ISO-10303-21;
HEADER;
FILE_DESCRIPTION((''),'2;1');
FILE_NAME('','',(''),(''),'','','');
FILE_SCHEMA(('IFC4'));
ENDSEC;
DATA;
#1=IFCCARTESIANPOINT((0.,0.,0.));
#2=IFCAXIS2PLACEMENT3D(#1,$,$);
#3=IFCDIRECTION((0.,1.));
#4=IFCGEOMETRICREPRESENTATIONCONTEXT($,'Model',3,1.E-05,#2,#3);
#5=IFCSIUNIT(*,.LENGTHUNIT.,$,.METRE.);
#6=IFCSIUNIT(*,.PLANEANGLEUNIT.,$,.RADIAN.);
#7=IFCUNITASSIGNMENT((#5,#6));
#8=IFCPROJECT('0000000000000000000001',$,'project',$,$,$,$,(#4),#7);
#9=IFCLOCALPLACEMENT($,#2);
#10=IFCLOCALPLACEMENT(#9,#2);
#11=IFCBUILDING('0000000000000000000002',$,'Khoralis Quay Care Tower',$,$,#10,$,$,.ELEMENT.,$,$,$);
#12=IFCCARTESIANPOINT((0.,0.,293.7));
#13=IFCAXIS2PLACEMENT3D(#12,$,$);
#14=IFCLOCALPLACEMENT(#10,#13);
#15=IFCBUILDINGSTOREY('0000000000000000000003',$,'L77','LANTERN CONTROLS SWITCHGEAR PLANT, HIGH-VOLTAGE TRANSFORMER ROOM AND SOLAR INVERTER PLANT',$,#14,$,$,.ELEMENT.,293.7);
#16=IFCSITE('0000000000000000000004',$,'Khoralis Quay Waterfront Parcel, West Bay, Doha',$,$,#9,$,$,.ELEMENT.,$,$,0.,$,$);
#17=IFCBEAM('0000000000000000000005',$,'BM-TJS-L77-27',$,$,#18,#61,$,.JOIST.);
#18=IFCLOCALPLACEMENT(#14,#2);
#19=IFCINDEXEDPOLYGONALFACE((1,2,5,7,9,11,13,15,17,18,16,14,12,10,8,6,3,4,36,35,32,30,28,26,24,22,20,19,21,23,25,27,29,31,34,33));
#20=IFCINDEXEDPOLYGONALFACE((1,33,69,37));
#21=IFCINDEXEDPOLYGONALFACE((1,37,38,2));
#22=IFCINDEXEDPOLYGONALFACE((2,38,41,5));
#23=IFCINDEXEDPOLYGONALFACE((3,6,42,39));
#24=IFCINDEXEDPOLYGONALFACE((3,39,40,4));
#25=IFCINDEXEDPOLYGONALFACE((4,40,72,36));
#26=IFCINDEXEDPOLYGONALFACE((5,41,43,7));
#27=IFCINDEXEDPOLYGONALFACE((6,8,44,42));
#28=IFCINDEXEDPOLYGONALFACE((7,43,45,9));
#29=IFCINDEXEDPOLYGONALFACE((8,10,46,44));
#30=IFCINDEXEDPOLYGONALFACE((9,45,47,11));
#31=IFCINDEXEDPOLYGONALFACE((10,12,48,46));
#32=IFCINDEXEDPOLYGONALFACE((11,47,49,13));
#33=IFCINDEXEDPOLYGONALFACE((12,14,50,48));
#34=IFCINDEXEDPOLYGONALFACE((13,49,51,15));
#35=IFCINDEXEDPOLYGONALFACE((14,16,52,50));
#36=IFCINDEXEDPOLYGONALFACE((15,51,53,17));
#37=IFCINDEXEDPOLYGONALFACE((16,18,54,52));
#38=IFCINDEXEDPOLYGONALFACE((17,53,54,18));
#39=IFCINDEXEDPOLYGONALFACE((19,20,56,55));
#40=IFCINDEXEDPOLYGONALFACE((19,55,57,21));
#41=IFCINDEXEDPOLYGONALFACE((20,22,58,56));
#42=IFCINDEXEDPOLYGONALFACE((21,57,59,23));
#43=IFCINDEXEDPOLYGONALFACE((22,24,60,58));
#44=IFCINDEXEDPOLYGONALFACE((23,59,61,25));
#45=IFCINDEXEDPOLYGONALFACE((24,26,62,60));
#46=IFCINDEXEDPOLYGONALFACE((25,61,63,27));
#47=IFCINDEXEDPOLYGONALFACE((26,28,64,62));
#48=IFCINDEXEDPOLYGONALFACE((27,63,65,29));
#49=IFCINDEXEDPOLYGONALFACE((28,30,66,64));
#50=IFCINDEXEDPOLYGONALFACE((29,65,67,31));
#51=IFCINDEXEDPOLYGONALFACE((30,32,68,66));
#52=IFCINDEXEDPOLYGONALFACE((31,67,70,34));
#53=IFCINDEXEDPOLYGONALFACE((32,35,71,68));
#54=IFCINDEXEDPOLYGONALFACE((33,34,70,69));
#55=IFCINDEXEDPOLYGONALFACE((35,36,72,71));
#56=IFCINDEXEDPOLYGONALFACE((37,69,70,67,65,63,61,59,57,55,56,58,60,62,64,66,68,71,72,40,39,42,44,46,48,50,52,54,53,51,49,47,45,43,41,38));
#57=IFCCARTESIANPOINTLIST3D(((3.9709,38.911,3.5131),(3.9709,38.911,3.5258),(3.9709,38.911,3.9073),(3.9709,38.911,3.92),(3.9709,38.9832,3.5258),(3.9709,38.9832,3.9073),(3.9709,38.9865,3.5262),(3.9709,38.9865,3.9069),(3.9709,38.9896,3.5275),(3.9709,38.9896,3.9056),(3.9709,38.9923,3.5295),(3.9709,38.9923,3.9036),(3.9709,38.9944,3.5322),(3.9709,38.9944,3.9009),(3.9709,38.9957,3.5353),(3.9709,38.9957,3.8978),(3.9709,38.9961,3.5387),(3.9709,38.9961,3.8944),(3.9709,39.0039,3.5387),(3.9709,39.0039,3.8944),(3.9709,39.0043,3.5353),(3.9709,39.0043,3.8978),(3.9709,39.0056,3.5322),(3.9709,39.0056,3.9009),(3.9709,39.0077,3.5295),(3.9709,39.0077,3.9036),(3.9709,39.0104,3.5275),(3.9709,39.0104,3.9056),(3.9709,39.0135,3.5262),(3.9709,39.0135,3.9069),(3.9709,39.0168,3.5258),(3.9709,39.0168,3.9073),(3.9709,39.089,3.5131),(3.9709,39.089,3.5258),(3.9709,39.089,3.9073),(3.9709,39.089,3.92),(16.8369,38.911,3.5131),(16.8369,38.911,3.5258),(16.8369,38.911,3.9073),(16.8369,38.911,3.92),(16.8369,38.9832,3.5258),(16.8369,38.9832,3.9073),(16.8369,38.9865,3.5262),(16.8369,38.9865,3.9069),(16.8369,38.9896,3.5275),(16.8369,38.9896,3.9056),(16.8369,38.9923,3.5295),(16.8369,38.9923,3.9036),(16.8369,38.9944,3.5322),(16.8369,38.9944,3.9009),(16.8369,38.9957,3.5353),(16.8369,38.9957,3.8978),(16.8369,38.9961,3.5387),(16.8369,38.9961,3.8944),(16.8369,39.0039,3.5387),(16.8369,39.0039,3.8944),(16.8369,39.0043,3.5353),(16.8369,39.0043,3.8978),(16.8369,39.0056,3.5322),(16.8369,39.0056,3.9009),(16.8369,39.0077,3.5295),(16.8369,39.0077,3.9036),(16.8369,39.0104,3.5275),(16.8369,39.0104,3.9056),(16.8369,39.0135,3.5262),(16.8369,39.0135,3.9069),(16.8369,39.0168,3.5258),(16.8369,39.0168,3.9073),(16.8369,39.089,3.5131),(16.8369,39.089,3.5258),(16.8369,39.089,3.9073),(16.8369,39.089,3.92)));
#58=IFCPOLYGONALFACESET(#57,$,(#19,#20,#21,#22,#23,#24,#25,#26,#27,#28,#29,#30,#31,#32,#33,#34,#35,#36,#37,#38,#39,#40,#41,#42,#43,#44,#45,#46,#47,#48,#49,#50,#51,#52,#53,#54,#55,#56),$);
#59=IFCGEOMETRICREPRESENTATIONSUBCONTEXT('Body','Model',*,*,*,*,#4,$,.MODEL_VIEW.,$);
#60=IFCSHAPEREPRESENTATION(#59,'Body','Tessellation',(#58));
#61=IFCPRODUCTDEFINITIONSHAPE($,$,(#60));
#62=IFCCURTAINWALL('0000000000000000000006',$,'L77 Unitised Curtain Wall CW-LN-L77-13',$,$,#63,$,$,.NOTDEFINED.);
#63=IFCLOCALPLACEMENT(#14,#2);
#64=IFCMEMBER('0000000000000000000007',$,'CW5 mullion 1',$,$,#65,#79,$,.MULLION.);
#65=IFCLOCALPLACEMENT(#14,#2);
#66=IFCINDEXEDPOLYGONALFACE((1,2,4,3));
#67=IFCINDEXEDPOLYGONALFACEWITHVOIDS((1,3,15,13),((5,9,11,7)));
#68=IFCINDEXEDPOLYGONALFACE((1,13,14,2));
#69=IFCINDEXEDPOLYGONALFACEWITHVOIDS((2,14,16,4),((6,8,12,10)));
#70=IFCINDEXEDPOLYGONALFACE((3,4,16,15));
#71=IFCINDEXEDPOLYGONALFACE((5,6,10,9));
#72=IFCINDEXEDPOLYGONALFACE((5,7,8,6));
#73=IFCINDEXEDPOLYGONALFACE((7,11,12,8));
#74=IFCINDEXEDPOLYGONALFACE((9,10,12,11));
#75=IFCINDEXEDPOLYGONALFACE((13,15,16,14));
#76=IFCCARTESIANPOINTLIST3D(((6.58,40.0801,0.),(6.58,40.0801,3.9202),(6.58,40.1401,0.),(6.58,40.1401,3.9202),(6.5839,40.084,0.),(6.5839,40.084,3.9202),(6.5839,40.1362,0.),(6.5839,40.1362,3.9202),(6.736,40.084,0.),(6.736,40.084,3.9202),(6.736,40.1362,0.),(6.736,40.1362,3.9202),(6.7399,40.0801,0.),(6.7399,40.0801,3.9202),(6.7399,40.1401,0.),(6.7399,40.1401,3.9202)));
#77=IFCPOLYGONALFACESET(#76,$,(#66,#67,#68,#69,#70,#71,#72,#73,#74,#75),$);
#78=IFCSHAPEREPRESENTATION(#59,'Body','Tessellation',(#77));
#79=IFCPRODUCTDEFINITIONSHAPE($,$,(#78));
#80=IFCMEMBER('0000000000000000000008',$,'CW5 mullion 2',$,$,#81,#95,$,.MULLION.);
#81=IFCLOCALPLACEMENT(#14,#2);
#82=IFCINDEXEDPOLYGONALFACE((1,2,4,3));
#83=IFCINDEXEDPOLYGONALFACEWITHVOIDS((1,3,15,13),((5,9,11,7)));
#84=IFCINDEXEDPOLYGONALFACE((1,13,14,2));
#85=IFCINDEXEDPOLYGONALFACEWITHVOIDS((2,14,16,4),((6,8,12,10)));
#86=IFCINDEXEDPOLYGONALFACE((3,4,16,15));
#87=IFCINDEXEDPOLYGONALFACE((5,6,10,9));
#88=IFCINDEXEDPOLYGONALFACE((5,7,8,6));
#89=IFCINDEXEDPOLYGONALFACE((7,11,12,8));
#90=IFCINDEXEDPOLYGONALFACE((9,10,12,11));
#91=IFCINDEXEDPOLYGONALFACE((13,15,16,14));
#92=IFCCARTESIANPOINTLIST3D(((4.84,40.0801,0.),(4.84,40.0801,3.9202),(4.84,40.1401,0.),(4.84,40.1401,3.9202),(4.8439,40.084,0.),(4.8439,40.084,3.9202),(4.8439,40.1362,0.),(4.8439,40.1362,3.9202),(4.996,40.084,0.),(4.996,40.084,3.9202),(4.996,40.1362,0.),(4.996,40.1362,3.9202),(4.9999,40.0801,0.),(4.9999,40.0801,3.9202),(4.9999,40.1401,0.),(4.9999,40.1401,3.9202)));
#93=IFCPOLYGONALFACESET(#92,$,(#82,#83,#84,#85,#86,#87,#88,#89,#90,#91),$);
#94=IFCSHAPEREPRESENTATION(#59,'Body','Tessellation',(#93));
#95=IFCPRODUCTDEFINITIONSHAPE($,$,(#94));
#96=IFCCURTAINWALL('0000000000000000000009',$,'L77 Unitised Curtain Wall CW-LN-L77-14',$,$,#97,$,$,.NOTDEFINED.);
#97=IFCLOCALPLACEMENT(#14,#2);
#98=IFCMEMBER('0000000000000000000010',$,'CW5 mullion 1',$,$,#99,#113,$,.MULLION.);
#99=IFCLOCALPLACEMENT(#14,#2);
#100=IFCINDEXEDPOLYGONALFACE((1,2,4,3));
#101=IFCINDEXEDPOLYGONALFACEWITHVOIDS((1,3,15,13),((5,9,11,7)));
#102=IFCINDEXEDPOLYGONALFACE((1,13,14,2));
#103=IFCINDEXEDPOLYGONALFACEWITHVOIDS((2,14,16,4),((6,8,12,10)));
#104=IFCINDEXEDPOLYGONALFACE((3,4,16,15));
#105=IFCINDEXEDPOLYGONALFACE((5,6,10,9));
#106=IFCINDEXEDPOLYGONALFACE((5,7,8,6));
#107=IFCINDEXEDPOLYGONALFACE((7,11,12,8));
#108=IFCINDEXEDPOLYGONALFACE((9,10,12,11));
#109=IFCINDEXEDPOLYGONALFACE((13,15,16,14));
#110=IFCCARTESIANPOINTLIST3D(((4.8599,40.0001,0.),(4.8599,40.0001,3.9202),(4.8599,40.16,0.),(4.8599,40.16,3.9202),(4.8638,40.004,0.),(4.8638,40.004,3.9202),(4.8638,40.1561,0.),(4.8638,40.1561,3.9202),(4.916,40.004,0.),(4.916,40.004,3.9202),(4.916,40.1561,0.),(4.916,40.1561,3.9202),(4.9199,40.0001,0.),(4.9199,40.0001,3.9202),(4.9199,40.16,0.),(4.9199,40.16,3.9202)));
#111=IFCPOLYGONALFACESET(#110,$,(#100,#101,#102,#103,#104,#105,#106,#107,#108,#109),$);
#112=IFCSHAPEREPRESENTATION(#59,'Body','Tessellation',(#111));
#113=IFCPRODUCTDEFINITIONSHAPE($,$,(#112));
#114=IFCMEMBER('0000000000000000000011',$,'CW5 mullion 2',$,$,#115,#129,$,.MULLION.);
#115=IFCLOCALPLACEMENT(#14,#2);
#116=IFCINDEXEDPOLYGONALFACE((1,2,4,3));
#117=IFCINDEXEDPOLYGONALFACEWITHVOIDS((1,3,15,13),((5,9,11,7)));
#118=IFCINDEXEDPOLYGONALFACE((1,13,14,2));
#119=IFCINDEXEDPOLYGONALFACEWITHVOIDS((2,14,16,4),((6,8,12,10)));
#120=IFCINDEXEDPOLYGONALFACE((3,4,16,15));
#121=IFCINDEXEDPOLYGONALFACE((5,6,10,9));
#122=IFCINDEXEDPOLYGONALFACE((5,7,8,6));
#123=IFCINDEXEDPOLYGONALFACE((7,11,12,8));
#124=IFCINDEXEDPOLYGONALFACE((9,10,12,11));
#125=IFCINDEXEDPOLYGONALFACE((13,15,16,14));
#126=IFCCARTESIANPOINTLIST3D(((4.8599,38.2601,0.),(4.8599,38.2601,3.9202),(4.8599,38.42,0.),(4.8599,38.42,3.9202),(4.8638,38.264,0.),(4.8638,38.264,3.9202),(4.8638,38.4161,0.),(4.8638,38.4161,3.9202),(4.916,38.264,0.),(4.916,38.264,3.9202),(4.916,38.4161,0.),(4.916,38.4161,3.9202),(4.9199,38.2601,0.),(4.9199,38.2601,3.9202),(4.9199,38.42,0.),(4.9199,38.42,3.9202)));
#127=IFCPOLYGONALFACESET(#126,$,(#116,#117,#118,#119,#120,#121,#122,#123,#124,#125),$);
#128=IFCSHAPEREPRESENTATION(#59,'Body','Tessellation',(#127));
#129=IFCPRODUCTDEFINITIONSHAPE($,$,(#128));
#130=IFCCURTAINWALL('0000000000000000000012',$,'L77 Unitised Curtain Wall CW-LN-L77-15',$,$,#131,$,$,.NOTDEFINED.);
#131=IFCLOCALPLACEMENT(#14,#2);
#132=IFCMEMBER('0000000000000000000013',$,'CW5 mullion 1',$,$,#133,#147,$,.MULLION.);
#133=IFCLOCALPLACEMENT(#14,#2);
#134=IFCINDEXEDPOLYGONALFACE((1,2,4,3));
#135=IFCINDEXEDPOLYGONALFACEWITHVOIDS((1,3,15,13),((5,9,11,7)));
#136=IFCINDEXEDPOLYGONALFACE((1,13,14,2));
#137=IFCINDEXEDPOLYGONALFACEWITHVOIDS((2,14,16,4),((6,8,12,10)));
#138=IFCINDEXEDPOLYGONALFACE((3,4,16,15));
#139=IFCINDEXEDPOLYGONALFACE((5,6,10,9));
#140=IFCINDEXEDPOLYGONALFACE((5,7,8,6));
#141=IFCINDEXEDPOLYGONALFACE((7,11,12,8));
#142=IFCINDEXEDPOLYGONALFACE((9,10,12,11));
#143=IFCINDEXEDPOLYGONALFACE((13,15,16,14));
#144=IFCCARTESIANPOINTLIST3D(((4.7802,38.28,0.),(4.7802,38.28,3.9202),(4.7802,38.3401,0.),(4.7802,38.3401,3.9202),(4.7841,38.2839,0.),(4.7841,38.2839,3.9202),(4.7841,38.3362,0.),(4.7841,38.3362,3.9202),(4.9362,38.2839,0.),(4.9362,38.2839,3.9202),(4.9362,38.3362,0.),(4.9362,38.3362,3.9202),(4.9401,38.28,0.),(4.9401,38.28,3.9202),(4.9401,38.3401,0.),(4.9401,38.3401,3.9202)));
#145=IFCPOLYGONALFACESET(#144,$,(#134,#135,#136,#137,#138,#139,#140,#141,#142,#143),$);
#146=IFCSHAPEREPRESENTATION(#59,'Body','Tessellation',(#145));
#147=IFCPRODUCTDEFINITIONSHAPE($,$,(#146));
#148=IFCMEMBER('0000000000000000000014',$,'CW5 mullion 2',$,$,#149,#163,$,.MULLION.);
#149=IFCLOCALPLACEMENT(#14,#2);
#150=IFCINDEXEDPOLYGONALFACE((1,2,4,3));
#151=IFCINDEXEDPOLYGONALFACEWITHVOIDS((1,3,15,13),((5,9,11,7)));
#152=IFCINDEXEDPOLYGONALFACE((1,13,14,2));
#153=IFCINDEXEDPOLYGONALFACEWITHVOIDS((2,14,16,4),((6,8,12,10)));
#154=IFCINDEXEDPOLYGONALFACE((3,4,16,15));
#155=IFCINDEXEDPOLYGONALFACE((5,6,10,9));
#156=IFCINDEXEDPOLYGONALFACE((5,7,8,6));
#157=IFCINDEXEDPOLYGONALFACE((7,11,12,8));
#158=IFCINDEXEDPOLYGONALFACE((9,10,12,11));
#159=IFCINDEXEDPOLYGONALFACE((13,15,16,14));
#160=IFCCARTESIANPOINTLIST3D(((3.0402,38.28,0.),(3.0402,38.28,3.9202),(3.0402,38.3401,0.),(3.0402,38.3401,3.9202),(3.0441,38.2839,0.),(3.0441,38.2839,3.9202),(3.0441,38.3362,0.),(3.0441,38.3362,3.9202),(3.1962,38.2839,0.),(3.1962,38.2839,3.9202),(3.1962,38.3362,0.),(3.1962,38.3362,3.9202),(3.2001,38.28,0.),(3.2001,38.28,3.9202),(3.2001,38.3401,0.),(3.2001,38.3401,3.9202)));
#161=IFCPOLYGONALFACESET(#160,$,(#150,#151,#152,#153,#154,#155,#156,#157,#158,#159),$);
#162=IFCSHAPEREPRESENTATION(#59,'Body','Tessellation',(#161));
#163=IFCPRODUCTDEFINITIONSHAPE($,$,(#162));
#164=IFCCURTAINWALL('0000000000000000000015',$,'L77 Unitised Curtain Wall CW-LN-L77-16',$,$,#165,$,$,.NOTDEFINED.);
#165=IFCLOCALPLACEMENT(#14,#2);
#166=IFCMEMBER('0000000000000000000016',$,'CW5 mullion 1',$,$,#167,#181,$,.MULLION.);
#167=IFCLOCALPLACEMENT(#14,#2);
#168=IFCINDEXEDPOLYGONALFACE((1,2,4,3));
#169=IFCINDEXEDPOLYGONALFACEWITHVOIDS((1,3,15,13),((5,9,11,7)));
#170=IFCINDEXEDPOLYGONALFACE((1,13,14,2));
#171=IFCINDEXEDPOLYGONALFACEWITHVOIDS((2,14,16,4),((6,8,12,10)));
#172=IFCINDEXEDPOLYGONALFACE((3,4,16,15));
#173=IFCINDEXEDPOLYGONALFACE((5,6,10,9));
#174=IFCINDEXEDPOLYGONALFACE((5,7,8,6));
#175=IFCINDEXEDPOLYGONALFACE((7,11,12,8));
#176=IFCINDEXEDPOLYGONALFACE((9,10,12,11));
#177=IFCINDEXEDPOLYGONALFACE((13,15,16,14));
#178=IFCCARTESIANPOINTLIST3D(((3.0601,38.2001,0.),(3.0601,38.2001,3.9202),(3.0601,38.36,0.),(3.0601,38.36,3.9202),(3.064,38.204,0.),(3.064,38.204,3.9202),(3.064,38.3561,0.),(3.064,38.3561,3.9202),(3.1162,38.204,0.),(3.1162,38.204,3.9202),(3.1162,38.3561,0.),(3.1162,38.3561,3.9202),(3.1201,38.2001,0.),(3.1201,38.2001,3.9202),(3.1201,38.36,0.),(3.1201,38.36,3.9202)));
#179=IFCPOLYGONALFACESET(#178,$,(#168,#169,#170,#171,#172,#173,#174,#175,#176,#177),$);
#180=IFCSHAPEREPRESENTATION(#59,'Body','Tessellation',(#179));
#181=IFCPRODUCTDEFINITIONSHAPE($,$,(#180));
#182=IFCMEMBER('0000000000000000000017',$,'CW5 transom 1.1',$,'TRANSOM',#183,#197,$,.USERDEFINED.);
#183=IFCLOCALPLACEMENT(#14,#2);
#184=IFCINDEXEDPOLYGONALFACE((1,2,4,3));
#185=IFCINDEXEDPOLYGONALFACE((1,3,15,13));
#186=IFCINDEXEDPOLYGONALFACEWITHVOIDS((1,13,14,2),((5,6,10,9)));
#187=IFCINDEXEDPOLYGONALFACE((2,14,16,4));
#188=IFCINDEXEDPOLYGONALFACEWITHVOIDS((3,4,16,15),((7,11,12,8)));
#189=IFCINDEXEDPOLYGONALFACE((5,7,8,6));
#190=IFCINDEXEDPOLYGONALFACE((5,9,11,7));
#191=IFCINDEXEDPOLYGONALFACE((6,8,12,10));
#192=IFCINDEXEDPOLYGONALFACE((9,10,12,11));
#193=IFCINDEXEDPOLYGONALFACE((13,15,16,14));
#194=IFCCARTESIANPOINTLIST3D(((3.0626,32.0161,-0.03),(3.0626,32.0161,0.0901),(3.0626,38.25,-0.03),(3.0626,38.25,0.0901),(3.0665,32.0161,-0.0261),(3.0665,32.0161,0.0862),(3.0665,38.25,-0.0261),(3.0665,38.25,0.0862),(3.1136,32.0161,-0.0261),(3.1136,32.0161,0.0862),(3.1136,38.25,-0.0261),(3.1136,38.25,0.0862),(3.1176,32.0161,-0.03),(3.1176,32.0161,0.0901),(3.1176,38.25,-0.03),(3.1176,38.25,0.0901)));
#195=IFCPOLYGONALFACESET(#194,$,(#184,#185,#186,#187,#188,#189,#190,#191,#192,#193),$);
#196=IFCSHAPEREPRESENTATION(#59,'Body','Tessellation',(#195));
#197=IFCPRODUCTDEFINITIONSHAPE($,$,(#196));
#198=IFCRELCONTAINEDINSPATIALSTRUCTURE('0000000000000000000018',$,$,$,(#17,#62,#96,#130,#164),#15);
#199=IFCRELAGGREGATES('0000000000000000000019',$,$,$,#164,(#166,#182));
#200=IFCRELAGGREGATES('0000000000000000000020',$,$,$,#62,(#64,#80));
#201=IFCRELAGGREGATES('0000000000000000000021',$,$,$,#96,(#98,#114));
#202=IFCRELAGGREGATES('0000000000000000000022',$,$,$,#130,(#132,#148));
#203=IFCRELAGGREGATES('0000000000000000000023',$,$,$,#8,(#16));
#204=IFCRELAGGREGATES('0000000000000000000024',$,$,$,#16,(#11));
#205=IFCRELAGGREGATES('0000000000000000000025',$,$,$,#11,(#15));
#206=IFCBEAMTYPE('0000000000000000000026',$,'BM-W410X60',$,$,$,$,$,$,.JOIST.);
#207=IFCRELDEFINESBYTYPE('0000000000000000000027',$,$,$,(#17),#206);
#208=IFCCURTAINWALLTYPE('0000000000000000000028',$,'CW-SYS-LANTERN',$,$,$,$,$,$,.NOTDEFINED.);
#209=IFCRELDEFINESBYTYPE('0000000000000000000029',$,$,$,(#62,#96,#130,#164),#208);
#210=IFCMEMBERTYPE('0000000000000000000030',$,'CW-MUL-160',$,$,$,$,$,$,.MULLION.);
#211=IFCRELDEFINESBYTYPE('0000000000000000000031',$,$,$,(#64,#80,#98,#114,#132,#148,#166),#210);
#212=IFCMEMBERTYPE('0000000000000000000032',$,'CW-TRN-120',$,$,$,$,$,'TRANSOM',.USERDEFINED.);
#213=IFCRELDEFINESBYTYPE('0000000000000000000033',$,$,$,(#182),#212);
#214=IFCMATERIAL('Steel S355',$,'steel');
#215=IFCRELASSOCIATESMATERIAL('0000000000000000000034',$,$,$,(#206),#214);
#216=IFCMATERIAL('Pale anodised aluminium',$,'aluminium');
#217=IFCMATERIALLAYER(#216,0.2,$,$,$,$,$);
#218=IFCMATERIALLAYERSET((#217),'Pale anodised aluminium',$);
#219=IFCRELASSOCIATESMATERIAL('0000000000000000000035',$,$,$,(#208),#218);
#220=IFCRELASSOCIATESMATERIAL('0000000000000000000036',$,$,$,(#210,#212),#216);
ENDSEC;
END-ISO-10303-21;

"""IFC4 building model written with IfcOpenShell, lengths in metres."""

from ifc_helpers import new_model, si_unit, direction, frame, origin, origin_2d, place, context, subcontext, project, spatial, hollow_rectangle, i_section, extrude, source, transform, mapped, material, layer, layer_set, material_profile, profile_set, type_object, element, aggregate, save


model = new_model("IFC4")

# Units and contexts
model_context = context("Model", 3, precision=1e-05, world=origin(), true_north=direction((0.0, 1.0)))
body_context = subcontext(model_context, "Body", "Model", "MODEL_VIEW")
ifc_project = project(units=[si_unit("LENGTHUNIT", "METRE"), si_unit("PLANEANGLEUNIT", "RADIAN")], contexts=[model_context])

# Site, building, storey
site_placement = place(None, origin())
site = spatial("IfcSite", under=ifc_project, at=site_placement, Name="Khoralis Quay Waterfront Parcel, West Bay, Doha", CompositionType="ELEMENT", RefElevation=0.0)
building_placement = place(site_placement, origin())
building = spatial("IfcBuilding", under=site, at=building_placement, Name="Khoralis Quay Care Tower", CompositionType="ELEMENT")
storey_placement = place(building_placement, frame((0.0, 0.0, 293.7)))
storey = spatial("IfcBuildingStorey", under=building, at=storey_placement, Name="L77", Description="LANTERN CONTROLS SWITCHGEAR PLANT, HIGH-VOLTAGE TRANSFORMER ROOM AND SOLAR INVERTER PLANT", CompositionType="ELEMENT", Elevation=293.7)

# Beam
ifc_material_1 = material(Name="Steel S355", Category="steel")
ifc_material_profile_1 = material_profile(ifc_material_1, i_section(OverallWidth=0.178, OverallDepth=0.407, WebThickness=0.0078, FlangeThickness=0.0127, FilletRadius=0.0129, at=origin_2d()), Name="Steel S355")
ifc_profile_set_1 = profile_set([ifc_material_profile_1], Name="Steel S355")
beam_type = type_object("IfcBeamType", Name="BM-W410X60", PredefinedType="JOIST", material=ifc_profile_set_1)
shared_shape_1 = source(origin(), body_context, "Body", "SweptSolid", [
    extrude(i_section(OverallWidth=0.178, OverallDepth=0.407, WebThickness=0.0078, FlangeThickness=0.0127, FilletRadius=0.0129, at=origin_2d()), origin(), (0.0, 0.0, 1.0), 12.866),
])
beam_placement = place(storey_placement, frame((3.9709, 39.0, 3.7166), z_axis=(1.0, 0.0, 0.0), x_axis=(0.0, 1.0, 0.0)))
element("IfcBeam", 1, at=beam_placement, inside=storey, type_object=beam_type, Name="BM-TJS-L77-27", PredefinedType="JOIST", context=body_context, shape_type="MappedRepresentation", body=[
    mapped(shared_shape_1, transform((0.0, 0.0, 0.0), scale=1.0)),
])

# Curtain walls, members
ifc_material_2 = material(Name="Pale anodised aluminium", Category="aluminium")
ifc_layer_1 = layer(ifc_material_2, 0.2)
ifc_layer_set_1 = layer_set([ifc_layer_1], Name="Pale anodised aluminium")
curtain_wall_type = type_object("IfcCurtainWallType", Name="CW-SYS-LANTERN", PredefinedType="NOTDEFINED", material=ifc_layer_set_1)
curtain_wall_1_placement = place(storey_placement, origin())
curtain_wall_1 = element("IfcCurtainWall", 2, at=curtain_wall_1_placement, inside=storey, type_object=curtain_wall_type, Name="L77 Unitised Curtain Wall CW-LN-L77-13", PredefinedType="NOTDEFINED")
ifc_material_profile_2 = material_profile(ifc_material_2, hollow_rectangle(XDim=0.0601, YDim=0.1599, WallThickness=0.0039, at=origin_2d()), Name="Pale anodised aluminium")
ifc_profile_set_2 = profile_set([ifc_material_profile_2], Name="Pale anodised aluminium")
member_type_1 = type_object("IfcMemberType", Name="CW-MUL-160", PredefinedType="MULLION", material=ifc_profile_set_2)
shared_shape_2 = source(origin(), body_context, "Body", "SweptSolid", [
    extrude(hollow_rectangle(XDim=0.0601, YDim=0.1599, WallThickness=0.0039, at=origin_2d()), origin(), (0.0, 0.0, 1.0), 3.9202),
])
member_1_placement = place(storey_placement, frame((6.6599, 40.1101, 0.0), z_axis=(0.0, 0.0, 1.0), x_axis=(0.0, -1.0, 0.0)))
member_1 = element("IfcMember", 3, at=member_1_placement, type_object=member_type_1, Name="CW5 mullion 1", PredefinedType="MULLION", context=body_context, shape_type="MappedRepresentation", body=[
    mapped(shared_shape_2, transform((0.0, 0.0, 0.0), scale=1.0)),
])
member_2_placement = place(storey_placement, frame((4.9199, 40.1101, 0.0), z_axis=(0.0, 0.0, 1.0), x_axis=(0.0, -1.0, 0.0)))
member_2 = element("IfcMember", 4, at=member_2_placement, type_object=member_type_1, Name="CW5 mullion 2", PredefinedType="MULLION", context=body_context, shape_type="MappedRepresentation", body=[
    mapped(shared_shape_2, transform((0.0, 0.0, 0.0), scale=1.0)),
])
curtain_wall_2_placement = place(storey_placement, origin())
curtain_wall_2 = element("IfcCurtainWall", 5, at=curtain_wall_2_placement, inside=storey, type_object=curtain_wall_type, Name="L77 Unitised Curtain Wall CW-LN-L77-14", PredefinedType="NOTDEFINED")
member_3_placement = place(storey_placement, frame((4.8899, 40.0801, 0.0), z_axis=(0.0, 0.0, 1.0), x_axis=(1.0, 0.0, 0.0)))
member_3 = element("IfcMember", 6, at=member_3_placement, type_object=member_type_1, Name="CW5 mullion 1", PredefinedType="MULLION", context=body_context, shape_type="MappedRepresentation", body=[
    mapped(shared_shape_2, transform((0.0, 0.0, 0.0), scale=1.0)),
])
member_4_placement = place(storey_placement, frame((4.8899, 38.3401, 0.0), z_axis=(0.0, 0.0, 1.0), x_axis=(1.0, 0.0, 0.0)))
member_4 = element("IfcMember", 7, at=member_4_placement, type_object=member_type_1, Name="CW5 mullion 2", PredefinedType="MULLION", context=body_context, shape_type="MappedRepresentation", body=[
    mapped(shared_shape_2, transform((0.0, 0.0, 0.0), scale=1.0)),
])
curtain_wall_3_placement = place(storey_placement, origin())
curtain_wall_3 = element("IfcCurtainWall", 8, at=curtain_wall_3_placement, inside=storey, type_object=curtain_wall_type, Name="L77 Unitised Curtain Wall CW-LN-L77-15", PredefinedType="NOTDEFINED")
member_5_placement = place(storey_placement, frame((4.8601, 38.3101, 0.0), z_axis=(0.0, 0.0, 1.0), x_axis=(0.0, -1.0, 0.0)))
member_5 = element("IfcMember", 9, at=member_5_placement, type_object=member_type_1, Name="CW5 mullion 1", PredefinedType="MULLION", context=body_context, shape_type="MappedRepresentation", body=[
    mapped(shared_shape_2, transform((0.0, 0.0, 0.0), scale=1.0)),
])
member_6_placement = place(storey_placement, frame((3.1201, 38.3101, 0.0), z_axis=(0.0, 0.0, 1.0), x_axis=(0.0, -1.0, 0.0)))
member_6 = element("IfcMember", 10, at=member_6_placement, type_object=member_type_1, Name="CW5 mullion 2", PredefinedType="MULLION", context=body_context, shape_type="MappedRepresentation", body=[
    mapped(shared_shape_2, transform((0.0, 0.0, 0.0), scale=1.0)),
])
curtain_wall_4_placement = place(storey_placement, origin())
curtain_wall_4 = element("IfcCurtainWall", 11, at=curtain_wall_4_placement, inside=storey, type_object=curtain_wall_type, Name="L77 Unitised Curtain Wall CW-LN-L77-16", PredefinedType="NOTDEFINED")
member_7_placement = place(storey_placement, frame((3.0901, 38.28, 0.0), z_axis=(0.0, 0.0, 1.0), x_axis=(1.0, 0.0, 0.0)))
member_7 = element("IfcMember", 12, at=member_7_placement, type_object=member_type_1, Name="CW5 mullion 1", PredefinedType="MULLION", context=body_context, shape_type="MappedRepresentation", body=[
    mapped(shared_shape_2, transform((0.0, 0.0, 0.0), scale=1.0)),
])
ifc_material_profile_3 = material_profile(ifc_material_2, hollow_rectangle(XDim=0.0549, YDim=0.1201, WallThickness=0.0039, at=origin_2d()), Name="Pale anodised aluminium")
ifc_profile_set_3 = profile_set([ifc_material_profile_3], Name="Pale anodised aluminium")
member_type_2 = type_object("IfcMemberType", Name="CW-TRN-120", ElementType="TRANSOM", PredefinedType="USERDEFINED", material=ifc_profile_set_3)
shared_shape_3 = source(origin(), body_context, "Body", "SweptSolid", [
    extrude(hollow_rectangle(XDim=0.0549, YDim=0.1201, WallThickness=0.0039, at=origin_2d()), origin(), (0.0, 0.0, 1.0), 6.2339),
])
member_8_placement = place(storey_placement, frame((3.0901, 38.25, 0.03), z_axis=(0.0, -1.0, 0.0), x_axis=(1.0, 0.0, 0.0)))
member_8 = element("IfcMember", 13, at=member_8_placement, type_object=member_type_2, Name="CW5 transom 1.1", ObjectType="TRANSOM", PredefinedType="USERDEFINED", context=body_context, shape_type="MappedRepresentation", body=[
    mapped(shared_shape_3, transform((0.0, 0.0, 0.0), scale=1.0)),
])
aggregate(curtain_wall_4, [member_7, member_8])

aggregate(curtain_wall_1, [member_1, member_2])
aggregate(curtain_wall_2, [member_3, member_4])
aggregate(curtain_wall_3, [member_5, member_6])

save(model, "model.ifc")
